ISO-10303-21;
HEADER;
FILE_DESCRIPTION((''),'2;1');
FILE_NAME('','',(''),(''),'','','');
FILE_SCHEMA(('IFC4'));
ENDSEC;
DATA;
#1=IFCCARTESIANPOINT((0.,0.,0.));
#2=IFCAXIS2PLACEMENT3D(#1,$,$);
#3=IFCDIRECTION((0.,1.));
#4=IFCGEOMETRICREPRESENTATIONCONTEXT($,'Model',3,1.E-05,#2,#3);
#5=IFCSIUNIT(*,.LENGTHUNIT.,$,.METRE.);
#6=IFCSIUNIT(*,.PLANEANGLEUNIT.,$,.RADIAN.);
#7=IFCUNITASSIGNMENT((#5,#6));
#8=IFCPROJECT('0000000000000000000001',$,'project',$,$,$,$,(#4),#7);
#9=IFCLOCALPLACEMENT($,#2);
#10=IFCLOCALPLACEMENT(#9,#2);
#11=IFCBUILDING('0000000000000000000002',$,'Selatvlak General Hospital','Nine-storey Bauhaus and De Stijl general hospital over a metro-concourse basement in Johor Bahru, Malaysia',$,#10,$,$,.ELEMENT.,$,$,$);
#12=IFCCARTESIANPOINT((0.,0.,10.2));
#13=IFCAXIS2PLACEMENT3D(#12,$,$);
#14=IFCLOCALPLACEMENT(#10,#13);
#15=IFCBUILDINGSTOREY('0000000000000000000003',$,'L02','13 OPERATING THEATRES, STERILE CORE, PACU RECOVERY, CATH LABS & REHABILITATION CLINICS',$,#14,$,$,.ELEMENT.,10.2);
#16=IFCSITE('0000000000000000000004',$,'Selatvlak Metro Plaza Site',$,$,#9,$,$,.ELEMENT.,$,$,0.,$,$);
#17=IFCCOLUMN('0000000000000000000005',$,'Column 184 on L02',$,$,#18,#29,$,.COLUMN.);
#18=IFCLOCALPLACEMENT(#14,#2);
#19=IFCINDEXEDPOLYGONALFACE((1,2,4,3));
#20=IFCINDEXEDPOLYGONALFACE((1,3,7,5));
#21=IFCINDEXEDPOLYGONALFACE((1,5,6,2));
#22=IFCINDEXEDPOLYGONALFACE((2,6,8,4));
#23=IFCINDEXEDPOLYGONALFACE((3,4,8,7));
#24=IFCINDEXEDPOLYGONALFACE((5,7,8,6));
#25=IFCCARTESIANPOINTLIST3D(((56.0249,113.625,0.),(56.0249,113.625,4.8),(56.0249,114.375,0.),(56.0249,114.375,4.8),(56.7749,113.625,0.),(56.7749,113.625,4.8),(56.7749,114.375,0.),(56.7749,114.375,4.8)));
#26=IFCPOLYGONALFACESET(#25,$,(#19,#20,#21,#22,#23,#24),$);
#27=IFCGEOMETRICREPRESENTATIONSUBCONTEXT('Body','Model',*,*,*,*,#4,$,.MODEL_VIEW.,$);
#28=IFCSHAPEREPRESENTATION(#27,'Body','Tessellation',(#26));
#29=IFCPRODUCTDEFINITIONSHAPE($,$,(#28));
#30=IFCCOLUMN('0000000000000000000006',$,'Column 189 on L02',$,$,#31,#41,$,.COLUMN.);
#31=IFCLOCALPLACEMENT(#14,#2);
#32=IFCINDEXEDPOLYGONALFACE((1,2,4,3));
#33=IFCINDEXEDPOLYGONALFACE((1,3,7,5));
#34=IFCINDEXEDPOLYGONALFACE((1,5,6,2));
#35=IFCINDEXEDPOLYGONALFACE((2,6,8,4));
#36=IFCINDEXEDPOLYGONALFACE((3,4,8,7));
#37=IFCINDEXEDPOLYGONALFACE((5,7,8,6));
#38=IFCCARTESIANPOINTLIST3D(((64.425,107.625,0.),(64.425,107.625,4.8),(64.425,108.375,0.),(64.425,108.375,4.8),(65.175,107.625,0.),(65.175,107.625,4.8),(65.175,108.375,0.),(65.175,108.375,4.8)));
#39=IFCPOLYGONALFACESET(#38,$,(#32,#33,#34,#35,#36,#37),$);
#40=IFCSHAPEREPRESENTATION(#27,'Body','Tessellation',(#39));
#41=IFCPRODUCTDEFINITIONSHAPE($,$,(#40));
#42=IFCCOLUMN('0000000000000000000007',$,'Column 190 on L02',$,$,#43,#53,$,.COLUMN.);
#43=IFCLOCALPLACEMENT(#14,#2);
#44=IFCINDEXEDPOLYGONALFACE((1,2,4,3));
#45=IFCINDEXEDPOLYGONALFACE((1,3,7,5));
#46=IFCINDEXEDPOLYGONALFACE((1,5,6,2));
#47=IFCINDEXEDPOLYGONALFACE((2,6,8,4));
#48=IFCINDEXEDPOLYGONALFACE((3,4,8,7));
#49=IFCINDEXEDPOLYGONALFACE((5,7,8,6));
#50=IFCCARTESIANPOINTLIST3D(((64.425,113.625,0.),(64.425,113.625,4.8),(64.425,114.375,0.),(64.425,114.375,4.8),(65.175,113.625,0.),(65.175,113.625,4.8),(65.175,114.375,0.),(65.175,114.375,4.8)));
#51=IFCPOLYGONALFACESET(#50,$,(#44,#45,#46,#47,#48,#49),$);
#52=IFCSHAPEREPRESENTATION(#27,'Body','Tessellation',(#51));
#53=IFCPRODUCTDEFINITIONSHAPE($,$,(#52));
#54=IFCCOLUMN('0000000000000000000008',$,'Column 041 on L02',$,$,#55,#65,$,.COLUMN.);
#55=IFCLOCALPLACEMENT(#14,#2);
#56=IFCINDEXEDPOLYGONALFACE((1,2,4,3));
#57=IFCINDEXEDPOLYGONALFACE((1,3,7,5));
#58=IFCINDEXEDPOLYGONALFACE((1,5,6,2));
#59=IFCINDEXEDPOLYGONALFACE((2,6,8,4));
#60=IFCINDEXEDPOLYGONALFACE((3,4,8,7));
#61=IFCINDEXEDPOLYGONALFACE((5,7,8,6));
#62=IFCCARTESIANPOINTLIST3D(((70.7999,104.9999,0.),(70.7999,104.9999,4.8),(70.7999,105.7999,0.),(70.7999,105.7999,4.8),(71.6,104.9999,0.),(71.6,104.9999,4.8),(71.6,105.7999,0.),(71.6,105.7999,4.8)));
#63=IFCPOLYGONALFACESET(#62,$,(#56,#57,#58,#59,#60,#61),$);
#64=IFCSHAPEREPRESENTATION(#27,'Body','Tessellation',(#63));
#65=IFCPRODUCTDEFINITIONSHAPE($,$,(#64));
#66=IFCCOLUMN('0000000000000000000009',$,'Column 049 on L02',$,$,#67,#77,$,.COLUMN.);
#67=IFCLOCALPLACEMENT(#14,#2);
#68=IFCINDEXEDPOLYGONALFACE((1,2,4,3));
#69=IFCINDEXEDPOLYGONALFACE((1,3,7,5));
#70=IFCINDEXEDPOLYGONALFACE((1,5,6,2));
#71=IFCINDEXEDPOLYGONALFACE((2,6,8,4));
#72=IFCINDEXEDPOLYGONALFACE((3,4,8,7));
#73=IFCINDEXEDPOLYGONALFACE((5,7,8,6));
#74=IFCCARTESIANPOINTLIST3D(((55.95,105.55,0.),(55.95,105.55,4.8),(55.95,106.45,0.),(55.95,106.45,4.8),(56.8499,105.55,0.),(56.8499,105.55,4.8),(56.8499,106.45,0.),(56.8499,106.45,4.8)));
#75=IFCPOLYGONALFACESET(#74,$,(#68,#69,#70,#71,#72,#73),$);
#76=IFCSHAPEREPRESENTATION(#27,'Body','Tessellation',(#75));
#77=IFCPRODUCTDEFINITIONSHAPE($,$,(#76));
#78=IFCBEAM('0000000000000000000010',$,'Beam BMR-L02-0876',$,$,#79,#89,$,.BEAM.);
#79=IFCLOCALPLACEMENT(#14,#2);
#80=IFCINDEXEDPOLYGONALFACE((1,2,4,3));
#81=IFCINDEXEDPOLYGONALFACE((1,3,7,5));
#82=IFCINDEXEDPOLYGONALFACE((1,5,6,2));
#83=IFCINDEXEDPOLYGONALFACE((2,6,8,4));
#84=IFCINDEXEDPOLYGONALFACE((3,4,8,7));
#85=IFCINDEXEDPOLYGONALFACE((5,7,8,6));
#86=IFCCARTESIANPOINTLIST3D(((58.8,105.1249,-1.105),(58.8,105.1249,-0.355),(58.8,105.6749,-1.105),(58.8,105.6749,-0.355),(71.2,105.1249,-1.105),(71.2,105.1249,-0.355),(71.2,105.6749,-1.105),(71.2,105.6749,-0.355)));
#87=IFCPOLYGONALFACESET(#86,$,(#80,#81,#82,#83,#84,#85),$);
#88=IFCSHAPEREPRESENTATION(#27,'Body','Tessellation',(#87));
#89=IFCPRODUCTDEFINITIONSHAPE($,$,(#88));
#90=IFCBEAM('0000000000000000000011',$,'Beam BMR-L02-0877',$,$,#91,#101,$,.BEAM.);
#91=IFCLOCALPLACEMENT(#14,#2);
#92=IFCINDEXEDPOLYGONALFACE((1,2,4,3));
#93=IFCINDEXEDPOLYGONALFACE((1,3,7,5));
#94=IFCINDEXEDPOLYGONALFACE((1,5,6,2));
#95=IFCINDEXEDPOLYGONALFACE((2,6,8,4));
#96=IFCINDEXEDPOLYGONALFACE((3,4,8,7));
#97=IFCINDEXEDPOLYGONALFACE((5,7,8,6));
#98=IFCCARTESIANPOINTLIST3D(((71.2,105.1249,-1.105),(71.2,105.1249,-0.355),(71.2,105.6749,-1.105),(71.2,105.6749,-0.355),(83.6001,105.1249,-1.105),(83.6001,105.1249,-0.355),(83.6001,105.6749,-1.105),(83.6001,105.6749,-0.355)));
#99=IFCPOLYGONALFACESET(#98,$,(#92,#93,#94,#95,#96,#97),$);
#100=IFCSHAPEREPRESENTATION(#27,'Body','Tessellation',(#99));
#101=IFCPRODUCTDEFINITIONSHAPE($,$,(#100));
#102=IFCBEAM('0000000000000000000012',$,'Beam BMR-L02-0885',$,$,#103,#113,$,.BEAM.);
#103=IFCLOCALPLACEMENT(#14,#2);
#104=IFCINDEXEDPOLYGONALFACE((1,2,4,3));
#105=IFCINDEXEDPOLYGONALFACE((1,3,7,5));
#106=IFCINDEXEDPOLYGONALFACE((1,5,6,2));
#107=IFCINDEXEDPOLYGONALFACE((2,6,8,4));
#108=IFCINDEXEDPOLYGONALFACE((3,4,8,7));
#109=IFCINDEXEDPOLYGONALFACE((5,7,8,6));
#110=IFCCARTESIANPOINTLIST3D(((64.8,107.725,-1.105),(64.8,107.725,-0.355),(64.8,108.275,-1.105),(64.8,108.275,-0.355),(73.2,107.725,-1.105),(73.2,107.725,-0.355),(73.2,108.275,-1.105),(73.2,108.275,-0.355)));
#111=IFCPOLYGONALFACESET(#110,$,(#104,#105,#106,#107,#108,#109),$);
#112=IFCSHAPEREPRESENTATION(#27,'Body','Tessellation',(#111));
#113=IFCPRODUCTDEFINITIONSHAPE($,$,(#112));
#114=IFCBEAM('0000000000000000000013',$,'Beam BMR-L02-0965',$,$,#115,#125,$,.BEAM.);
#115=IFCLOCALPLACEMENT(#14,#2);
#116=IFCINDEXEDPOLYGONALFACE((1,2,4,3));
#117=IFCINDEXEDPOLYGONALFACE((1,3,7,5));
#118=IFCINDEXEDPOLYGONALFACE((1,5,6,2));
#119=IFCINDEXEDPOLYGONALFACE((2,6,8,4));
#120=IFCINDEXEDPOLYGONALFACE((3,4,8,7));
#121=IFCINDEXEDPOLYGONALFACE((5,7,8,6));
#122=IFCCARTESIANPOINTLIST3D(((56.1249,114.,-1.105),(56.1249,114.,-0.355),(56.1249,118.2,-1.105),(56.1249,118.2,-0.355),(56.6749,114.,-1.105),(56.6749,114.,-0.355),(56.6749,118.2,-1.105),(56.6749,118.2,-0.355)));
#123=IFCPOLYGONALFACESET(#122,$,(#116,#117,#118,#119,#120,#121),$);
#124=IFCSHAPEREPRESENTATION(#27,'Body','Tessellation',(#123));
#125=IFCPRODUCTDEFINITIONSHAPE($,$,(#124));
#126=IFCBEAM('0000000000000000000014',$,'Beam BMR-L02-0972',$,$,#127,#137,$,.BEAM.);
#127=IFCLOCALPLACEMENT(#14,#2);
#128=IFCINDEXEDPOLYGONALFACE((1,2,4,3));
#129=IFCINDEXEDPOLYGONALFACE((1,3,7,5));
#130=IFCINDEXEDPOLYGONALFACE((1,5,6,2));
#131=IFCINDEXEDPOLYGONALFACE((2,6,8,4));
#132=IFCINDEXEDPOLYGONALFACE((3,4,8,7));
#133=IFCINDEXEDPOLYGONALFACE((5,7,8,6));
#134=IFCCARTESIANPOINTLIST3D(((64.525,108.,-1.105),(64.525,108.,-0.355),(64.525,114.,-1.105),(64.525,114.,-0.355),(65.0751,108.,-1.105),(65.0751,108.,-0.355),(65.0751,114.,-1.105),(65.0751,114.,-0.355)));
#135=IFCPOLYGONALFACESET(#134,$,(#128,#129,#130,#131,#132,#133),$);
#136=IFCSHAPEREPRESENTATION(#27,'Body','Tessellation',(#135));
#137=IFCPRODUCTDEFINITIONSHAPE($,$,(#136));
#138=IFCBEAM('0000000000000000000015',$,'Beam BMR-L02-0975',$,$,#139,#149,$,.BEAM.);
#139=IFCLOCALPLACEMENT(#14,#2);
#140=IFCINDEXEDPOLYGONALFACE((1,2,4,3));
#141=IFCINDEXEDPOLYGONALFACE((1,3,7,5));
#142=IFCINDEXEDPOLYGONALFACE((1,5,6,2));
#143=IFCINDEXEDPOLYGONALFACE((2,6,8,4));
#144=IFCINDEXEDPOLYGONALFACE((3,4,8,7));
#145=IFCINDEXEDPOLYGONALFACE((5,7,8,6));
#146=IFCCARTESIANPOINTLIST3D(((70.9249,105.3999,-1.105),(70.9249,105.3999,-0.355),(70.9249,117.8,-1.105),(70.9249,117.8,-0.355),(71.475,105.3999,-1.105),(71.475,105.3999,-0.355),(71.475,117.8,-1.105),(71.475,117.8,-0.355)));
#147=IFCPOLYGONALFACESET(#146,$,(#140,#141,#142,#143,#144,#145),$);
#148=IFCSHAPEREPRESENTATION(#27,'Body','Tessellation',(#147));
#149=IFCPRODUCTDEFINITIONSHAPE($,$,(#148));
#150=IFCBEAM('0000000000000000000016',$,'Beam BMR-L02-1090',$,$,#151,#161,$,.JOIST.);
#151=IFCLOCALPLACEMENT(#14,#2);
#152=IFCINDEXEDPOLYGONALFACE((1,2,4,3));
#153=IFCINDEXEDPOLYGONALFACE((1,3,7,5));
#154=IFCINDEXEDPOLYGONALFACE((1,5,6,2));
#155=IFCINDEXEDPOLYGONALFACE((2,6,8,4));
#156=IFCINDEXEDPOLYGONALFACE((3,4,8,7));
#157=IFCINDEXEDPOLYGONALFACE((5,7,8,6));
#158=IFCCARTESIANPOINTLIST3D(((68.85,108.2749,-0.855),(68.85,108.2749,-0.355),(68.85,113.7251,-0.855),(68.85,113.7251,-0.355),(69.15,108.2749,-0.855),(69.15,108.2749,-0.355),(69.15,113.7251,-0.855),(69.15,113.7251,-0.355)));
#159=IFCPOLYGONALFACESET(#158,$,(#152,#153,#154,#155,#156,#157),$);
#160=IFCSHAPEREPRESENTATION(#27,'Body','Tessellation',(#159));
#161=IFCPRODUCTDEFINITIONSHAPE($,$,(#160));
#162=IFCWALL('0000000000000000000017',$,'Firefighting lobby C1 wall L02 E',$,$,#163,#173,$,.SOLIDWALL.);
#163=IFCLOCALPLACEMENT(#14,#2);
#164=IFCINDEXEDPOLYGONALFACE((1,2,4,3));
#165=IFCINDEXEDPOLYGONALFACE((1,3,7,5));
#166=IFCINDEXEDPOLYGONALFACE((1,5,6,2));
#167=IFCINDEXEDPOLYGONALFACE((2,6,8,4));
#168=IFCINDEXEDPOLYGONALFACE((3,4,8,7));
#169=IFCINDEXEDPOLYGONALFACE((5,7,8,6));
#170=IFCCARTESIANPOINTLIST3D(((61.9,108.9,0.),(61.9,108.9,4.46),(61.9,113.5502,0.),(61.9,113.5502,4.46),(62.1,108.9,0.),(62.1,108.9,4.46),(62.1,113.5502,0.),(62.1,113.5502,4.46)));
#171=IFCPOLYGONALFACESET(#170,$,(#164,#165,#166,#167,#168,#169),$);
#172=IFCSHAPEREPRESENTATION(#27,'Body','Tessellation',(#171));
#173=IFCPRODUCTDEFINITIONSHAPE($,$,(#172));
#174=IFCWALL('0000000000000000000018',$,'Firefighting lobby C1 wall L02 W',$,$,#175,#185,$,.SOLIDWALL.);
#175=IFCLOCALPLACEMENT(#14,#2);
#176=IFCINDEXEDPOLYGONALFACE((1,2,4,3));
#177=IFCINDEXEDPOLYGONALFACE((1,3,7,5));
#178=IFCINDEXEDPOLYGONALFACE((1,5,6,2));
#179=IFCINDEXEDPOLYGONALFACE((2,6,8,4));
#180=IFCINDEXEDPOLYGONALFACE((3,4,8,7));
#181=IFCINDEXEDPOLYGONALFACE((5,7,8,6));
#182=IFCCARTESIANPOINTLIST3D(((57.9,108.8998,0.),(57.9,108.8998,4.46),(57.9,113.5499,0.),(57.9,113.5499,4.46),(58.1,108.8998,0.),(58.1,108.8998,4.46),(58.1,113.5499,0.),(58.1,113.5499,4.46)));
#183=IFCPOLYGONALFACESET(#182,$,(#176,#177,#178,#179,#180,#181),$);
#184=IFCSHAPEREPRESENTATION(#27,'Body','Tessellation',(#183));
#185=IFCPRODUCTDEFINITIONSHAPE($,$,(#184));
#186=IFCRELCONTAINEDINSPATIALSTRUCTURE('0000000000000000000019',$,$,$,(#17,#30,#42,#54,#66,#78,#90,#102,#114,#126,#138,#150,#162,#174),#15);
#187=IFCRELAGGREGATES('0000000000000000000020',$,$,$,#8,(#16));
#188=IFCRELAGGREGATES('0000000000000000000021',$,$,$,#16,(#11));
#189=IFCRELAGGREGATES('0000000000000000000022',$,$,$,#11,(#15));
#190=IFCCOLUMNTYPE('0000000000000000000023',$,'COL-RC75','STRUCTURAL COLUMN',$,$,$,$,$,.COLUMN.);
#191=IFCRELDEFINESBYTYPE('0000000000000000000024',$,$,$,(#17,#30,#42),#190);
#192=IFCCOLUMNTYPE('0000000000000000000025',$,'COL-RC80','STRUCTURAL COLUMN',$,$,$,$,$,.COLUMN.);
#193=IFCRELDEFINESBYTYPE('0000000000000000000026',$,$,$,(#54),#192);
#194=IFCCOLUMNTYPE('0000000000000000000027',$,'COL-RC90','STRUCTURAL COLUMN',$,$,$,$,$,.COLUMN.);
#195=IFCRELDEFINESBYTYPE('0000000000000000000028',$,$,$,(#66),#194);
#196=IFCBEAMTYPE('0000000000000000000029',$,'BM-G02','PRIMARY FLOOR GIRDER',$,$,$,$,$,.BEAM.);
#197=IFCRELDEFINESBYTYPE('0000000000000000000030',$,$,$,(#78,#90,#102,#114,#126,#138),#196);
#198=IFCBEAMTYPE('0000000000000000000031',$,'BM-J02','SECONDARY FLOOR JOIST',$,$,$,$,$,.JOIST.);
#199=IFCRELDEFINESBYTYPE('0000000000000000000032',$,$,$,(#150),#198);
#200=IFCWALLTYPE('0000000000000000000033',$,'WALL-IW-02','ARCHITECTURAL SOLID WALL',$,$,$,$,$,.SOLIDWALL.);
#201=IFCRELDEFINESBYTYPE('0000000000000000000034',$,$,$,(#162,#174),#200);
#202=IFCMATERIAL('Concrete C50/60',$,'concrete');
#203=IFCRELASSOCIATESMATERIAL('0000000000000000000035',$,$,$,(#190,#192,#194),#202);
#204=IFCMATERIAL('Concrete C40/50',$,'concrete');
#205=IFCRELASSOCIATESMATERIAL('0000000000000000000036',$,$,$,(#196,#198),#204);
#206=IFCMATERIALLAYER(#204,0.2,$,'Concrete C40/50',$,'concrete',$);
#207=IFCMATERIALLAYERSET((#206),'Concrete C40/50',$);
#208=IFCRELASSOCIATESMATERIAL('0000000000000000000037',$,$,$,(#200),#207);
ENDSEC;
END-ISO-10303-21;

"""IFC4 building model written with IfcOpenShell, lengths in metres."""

from ifc_helpers import new_model, si_unit, direction, frame, frame_2d, origin, origin_2d, place, context, subcontext, project, spatial, rectangle, extrude, material, layer, layer_set, material_profile, profile_set, type_object, element, save


model = new_model("IFC4")

# Units and contexts
model_context = context("Model", 3, precision=1e-05, world=origin(), true_north=direction((0.0, 1.0)))
body_context = subcontext(model_context, "Body", "Model", "MODEL_VIEW")
ifc_project = project(units=[si_unit("LENGTHUNIT", "METRE"), si_unit("PLANEANGLEUNIT", "RADIAN")], contexts=[model_context])

# Site, building, storey
site_placement = place(None, origin())
site = spatial("IfcSite", under=ifc_project, at=site_placement, Name="Selatvlak Metro Plaza Site", CompositionType="ELEMENT", RefElevation=0.0)
building_placement = place(site_placement, origin())
building = spatial("IfcBuilding", under=site, at=building_placement, Name="Selatvlak General Hospital", Description="Nine-storey Bauhaus and De Stijl general hospital over a metro-concourse basement in Johor Bahru, Malaysia", CompositionType="ELEMENT")
storey_placement = place(building_placement, frame((0.0, 0.0, 10.2)))
storey = spatial("IfcBuildingStorey", under=building, at=storey_placement, Name="L02", Description="13 OPERATING THEATRES, STERILE CORE, PACU RECOVERY, CATH LABS & REHABILITATION CLINICS", CompositionType="ELEMENT", Elevation=10.2)

# Columns
ifc_material_1 = material(Name="Concrete C50/60", Category="concrete")
ifc_material_profile_1 = material_profile(ifc_material_1, rectangle(XDim=0.75, YDim=0.75, at=origin_2d()), Name="RC-COL 750x750")
ifc_profile_set_1 = profile_set([ifc_material_profile_1], Name="Concrete C50/60")
column_type_1 = type_object("IfcColumnType", Name="COL-RC75", Description="STRUCTURAL COLUMN", PredefinedType="COLUMN", material=ifc_profile_set_1)
for number, where, z_axis, x_axis, name in (
    (1, (56.3999, 114.0, 0.0), (0.0, 0.0, 1.0), (1.0, 0.0, 0.0), "Column 184 on L02"),
    (2, (64.8, 108.0, 0.0), (0.0, 0.0, 1.0), (1.0, 0.0, 0.0), "Column 189 on L02"),
    (3, (64.8, 114.0, 0.0), (0.0, 0.0, 1.0), (1.0, 0.0, 0.0), "Column 190 on L02"),
):
    element("IfcColumn", number, at=place(storey_placement, frame(where, z_axis=z_axis, x_axis=x_axis)), inside=storey, type_object=column_type_1, Name=name, PredefinedType="COLUMN", context=body_context, shape_type="SweptSolid", body=[
        extrude(rectangle(XDim=0.75, YDim=0.75, at=origin_2d()), origin(), (0.0, 0.0, 1.0), 4.8),
    ])
ifc_material_profile_2 = material_profile(ifc_material_1, rectangle(XDim=0.8, YDim=0.8, at=origin_2d()), Name="RC-COL 800x800")
ifc_profile_set_2 = profile_set([ifc_material_profile_2], Name="Concrete C50/60")
column_type_2 = type_object("IfcColumnType", Name="COL-RC80", Description="STRUCTURAL COLUMN", PredefinedType="COLUMN", material=ifc_profile_set_2)
column_1_placement = place(storey_placement, frame((71.2, 105.3999, 0.0), z_axis=(0.0, 0.0, 1.0), x_axis=(1.0, 0.0, 0.0)))
element("IfcColumn", 4, at=column_1_placement, inside=storey, type_object=column_type_2, Name="Column 041 on L02", PredefinedType="COLUMN", context=body_context, shape_type="SweptSolid", body=[
    extrude(rectangle(XDim=0.8, YDim=0.8, at=origin_2d()), origin(), (0.0, 0.0, 1.0), 4.8),
])
ifc_material_profile_3 = material_profile(ifc_material_1, rectangle(XDim=0.8999, YDim=0.8999, at=origin_2d()), Name="RC-COL 900x900")
ifc_profile_set_3 = profile_set([ifc_material_profile_3], Name="Concrete C50/60")
column_type_3 = type_object("IfcColumnType", Name="COL-RC90", Description="STRUCTURAL COLUMN", PredefinedType="COLUMN", material=ifc_profile_set_3)
column_2_placement = place(storey_placement, frame((56.3999, 106.0, 0.0), z_axis=(0.0, 0.0, 1.0), x_axis=(1.0, 0.0, 0.0)))
element("IfcColumn", 5, at=column_2_placement, inside=storey, type_object=column_type_3, Name="Column 049 on L02", PredefinedType="COLUMN", context=body_context, shape_type="SweptSolid", body=[
    extrude(rectangle(XDim=0.8999, YDim=0.8999, at=origin_2d()), origin(), (0.0, 0.0, 1.0), 4.8),
])

# Beams
ifc_material_2 = material(Name="Concrete C40/50", Category="concrete")
ifc_material_profile_4 = material_profile(ifc_material_2, rectangle(XDim=0.55, YDim=0.75, at=origin_2d()), Name="RC-BM 550x750")
ifc_profile_set_4 = profile_set([ifc_material_profile_4], Name="Concrete C40/50")
beam_type_1 = type_object("IfcBeamType", Name="BM-G02", Description="PRIMARY FLOOR GIRDER", PredefinedType="BEAM", material=ifc_profile_set_4)
beam_1_placement = place(storey_placement, frame((58.8, 105.3999, -0.73), z_axis=(1.0, 0.0, 0.0), x_axis=(0.0, 1.0, 0.0)))
element("IfcBeam", 6, at=beam_1_placement, inside=storey, type_object=beam_type_1, Name="Beam BMR-L02-0876", PredefinedType="BEAM", context=body_context, shape_type="SweptSolid", body=[
    extrude(rectangle(XDim=0.55, YDim=0.75, at=origin_2d()), origin(), (0.0, 0.0, 1.0), 12.3999),
])
beam_2_placement = place(storey_placement, frame((71.2, 105.3999, -0.73), z_axis=(1.0, 0.0, 0.0), x_axis=(0.0, 1.0, 0.0)))
element("IfcBeam", 7, at=beam_2_placement, inside=storey, type_object=beam_type_1, Name="Beam BMR-L02-0877", PredefinedType="BEAM", context=body_context, shape_type="SweptSolid", body=[
    extrude(rectangle(XDim=0.55, YDim=0.75, at=origin_2d()), origin(), (0.0, 0.0, 1.0), 12.4001),
])
beam_3_placement = place(storey_placement, frame((64.8, 108.0, -0.73), z_axis=(1.0, 0.0, 0.0), x_axis=(0.0, 1.0, 0.0)))
element("IfcBeam", 8, at=beam_3_placement, inside=storey, type_object=beam_type_1, Name="Beam BMR-L02-0885", PredefinedType="BEAM", context=body_context, shape_type="SweptSolid", body=[
    extrude(rectangle(XDim=0.55, YDim=0.75, at=origin_2d()), origin(), (0.0, 0.0, 1.0), 8.3999),
])
beam_4_placement = place(storey_placement, frame((56.3999, 114.0, -0.73), z_axis=(0.0, 1.0, 0.0), x_axis=(-1.0, 0.0, 0.0)))
element("IfcBeam", 9, at=beam_4_placement, inside=storey, type_object=beam_type_1, Name="Beam BMR-L02-0965", PredefinedType="BEAM", context=body_context, shape_type="SweptSolid", body=[
    extrude(rectangle(XDim=0.55, YDim=0.75, at=origin_2d()), origin(), (0.0, 0.0, 1.0), 4.2),
])
beam_5_placement = place(storey_placement, frame((64.8, 108.0, -0.73), z_axis=(0.0, 1.0, 0.0), x_axis=(-1.0, 0.0, 0.0)))
element("IfcBeam", 10, at=beam_5_placement, inside=storey, type_object=beam_type_1, Name="Beam BMR-L02-0972", PredefinedType="BEAM", context=body_context, shape_type="SweptSolid", body=[
    extrude(rectangle(XDim=0.55, YDim=0.75, at=origin_2d()), origin(), (0.0, 0.0, 1.0), 6.0),
])
beam_6_placement = place(storey_placement, frame((71.2, 105.3999, -0.73), z_axis=(0.0, 1.0, 0.0), x_axis=(-1.0, 0.0, 0.0)))
element("IfcBeam", 11, at=beam_6_placement, inside=storey, type_object=beam_type_1, Name="Beam BMR-L02-0975", PredefinedType="BEAM", context=body_context, shape_type="SweptSolid", body=[
    extrude(rectangle(XDim=0.55, YDim=0.75, at=origin_2d()), origin(), (0.0, 0.0, 1.0), 12.4001),
])
ifc_material_profile_5 = material_profile(ifc_material_2, rectangle(XDim=0.3, YDim=0.5, at=origin_2d()), Name="RC-BM 300x500")
ifc_profile_set_5 = profile_set([ifc_material_profile_5], Name="Concrete C40/50")
beam_type_2 = type_object("IfcBeamType", Name="BM-J02", Description="SECONDARY FLOOR JOIST", PredefinedType="JOIST", material=ifc_profile_set_5)
beam_7_placement = place(storey_placement, frame((69.0, 108.2749, -0.605), z_axis=(0.0, 1.0, 0.0), x_axis=(-1.0, 0.0, 0.0)))
element("IfcBeam", 12, at=beam_7_placement, inside=storey, type_object=beam_type_2, Name="Beam BMR-L02-1090", PredefinedType="JOIST", context=body_context, shape_type="SweptSolid", body=[
    extrude(rectangle(XDim=0.3, YDim=0.5, at=origin_2d()), origin(), (0.0, 0.0, 1.0), 5.4502),
])

# Shared definitions
ifc_layer_1 = layer(ifc_material_2, 0.2, Name="Concrete C40/50", Category="concrete")
ifc_layer_set_1 = layer_set([ifc_layer_1], Name="Concrete C40/50")
wall_type_1 = type_object("IfcWallType", Name="WALL-IW-02", Description="ARCHITECTURAL SOLID WALL", PredefinedType="SOLIDWALL", material=ifc_layer_set_1)

# Walls
for number, where, z_axis, x_axis, name in (
    (13, (62.0, 108.8999, 0.0), (0.0, 0.0, 1.0), (0.0, 1.0, 0.0), "Firefighting lobby C1 wall L02 E"),
    (14, (58.0, 113.55, 0.0), (0.0, 0.0, 1.0), (0.0, -1.0, 0.0), "Firefighting lobby C1 wall L02 W"),
):
    element("IfcWall", number, at=place(storey_placement, frame(where, z_axis=z_axis, x_axis=x_axis)), inside=storey, type_object=wall_type_1, Name=name, PredefinedType="SOLIDWALL", context=body_context, shape_type="SweptSolid", body=[
        extrude(rectangle(XDim=4.6501, YDim=0.2, at=frame_2d((2.3252, 0.0))), origin(), (0.0, 0.0, 1.0), 4.46),
    ])

save(model, "model.ifc")
